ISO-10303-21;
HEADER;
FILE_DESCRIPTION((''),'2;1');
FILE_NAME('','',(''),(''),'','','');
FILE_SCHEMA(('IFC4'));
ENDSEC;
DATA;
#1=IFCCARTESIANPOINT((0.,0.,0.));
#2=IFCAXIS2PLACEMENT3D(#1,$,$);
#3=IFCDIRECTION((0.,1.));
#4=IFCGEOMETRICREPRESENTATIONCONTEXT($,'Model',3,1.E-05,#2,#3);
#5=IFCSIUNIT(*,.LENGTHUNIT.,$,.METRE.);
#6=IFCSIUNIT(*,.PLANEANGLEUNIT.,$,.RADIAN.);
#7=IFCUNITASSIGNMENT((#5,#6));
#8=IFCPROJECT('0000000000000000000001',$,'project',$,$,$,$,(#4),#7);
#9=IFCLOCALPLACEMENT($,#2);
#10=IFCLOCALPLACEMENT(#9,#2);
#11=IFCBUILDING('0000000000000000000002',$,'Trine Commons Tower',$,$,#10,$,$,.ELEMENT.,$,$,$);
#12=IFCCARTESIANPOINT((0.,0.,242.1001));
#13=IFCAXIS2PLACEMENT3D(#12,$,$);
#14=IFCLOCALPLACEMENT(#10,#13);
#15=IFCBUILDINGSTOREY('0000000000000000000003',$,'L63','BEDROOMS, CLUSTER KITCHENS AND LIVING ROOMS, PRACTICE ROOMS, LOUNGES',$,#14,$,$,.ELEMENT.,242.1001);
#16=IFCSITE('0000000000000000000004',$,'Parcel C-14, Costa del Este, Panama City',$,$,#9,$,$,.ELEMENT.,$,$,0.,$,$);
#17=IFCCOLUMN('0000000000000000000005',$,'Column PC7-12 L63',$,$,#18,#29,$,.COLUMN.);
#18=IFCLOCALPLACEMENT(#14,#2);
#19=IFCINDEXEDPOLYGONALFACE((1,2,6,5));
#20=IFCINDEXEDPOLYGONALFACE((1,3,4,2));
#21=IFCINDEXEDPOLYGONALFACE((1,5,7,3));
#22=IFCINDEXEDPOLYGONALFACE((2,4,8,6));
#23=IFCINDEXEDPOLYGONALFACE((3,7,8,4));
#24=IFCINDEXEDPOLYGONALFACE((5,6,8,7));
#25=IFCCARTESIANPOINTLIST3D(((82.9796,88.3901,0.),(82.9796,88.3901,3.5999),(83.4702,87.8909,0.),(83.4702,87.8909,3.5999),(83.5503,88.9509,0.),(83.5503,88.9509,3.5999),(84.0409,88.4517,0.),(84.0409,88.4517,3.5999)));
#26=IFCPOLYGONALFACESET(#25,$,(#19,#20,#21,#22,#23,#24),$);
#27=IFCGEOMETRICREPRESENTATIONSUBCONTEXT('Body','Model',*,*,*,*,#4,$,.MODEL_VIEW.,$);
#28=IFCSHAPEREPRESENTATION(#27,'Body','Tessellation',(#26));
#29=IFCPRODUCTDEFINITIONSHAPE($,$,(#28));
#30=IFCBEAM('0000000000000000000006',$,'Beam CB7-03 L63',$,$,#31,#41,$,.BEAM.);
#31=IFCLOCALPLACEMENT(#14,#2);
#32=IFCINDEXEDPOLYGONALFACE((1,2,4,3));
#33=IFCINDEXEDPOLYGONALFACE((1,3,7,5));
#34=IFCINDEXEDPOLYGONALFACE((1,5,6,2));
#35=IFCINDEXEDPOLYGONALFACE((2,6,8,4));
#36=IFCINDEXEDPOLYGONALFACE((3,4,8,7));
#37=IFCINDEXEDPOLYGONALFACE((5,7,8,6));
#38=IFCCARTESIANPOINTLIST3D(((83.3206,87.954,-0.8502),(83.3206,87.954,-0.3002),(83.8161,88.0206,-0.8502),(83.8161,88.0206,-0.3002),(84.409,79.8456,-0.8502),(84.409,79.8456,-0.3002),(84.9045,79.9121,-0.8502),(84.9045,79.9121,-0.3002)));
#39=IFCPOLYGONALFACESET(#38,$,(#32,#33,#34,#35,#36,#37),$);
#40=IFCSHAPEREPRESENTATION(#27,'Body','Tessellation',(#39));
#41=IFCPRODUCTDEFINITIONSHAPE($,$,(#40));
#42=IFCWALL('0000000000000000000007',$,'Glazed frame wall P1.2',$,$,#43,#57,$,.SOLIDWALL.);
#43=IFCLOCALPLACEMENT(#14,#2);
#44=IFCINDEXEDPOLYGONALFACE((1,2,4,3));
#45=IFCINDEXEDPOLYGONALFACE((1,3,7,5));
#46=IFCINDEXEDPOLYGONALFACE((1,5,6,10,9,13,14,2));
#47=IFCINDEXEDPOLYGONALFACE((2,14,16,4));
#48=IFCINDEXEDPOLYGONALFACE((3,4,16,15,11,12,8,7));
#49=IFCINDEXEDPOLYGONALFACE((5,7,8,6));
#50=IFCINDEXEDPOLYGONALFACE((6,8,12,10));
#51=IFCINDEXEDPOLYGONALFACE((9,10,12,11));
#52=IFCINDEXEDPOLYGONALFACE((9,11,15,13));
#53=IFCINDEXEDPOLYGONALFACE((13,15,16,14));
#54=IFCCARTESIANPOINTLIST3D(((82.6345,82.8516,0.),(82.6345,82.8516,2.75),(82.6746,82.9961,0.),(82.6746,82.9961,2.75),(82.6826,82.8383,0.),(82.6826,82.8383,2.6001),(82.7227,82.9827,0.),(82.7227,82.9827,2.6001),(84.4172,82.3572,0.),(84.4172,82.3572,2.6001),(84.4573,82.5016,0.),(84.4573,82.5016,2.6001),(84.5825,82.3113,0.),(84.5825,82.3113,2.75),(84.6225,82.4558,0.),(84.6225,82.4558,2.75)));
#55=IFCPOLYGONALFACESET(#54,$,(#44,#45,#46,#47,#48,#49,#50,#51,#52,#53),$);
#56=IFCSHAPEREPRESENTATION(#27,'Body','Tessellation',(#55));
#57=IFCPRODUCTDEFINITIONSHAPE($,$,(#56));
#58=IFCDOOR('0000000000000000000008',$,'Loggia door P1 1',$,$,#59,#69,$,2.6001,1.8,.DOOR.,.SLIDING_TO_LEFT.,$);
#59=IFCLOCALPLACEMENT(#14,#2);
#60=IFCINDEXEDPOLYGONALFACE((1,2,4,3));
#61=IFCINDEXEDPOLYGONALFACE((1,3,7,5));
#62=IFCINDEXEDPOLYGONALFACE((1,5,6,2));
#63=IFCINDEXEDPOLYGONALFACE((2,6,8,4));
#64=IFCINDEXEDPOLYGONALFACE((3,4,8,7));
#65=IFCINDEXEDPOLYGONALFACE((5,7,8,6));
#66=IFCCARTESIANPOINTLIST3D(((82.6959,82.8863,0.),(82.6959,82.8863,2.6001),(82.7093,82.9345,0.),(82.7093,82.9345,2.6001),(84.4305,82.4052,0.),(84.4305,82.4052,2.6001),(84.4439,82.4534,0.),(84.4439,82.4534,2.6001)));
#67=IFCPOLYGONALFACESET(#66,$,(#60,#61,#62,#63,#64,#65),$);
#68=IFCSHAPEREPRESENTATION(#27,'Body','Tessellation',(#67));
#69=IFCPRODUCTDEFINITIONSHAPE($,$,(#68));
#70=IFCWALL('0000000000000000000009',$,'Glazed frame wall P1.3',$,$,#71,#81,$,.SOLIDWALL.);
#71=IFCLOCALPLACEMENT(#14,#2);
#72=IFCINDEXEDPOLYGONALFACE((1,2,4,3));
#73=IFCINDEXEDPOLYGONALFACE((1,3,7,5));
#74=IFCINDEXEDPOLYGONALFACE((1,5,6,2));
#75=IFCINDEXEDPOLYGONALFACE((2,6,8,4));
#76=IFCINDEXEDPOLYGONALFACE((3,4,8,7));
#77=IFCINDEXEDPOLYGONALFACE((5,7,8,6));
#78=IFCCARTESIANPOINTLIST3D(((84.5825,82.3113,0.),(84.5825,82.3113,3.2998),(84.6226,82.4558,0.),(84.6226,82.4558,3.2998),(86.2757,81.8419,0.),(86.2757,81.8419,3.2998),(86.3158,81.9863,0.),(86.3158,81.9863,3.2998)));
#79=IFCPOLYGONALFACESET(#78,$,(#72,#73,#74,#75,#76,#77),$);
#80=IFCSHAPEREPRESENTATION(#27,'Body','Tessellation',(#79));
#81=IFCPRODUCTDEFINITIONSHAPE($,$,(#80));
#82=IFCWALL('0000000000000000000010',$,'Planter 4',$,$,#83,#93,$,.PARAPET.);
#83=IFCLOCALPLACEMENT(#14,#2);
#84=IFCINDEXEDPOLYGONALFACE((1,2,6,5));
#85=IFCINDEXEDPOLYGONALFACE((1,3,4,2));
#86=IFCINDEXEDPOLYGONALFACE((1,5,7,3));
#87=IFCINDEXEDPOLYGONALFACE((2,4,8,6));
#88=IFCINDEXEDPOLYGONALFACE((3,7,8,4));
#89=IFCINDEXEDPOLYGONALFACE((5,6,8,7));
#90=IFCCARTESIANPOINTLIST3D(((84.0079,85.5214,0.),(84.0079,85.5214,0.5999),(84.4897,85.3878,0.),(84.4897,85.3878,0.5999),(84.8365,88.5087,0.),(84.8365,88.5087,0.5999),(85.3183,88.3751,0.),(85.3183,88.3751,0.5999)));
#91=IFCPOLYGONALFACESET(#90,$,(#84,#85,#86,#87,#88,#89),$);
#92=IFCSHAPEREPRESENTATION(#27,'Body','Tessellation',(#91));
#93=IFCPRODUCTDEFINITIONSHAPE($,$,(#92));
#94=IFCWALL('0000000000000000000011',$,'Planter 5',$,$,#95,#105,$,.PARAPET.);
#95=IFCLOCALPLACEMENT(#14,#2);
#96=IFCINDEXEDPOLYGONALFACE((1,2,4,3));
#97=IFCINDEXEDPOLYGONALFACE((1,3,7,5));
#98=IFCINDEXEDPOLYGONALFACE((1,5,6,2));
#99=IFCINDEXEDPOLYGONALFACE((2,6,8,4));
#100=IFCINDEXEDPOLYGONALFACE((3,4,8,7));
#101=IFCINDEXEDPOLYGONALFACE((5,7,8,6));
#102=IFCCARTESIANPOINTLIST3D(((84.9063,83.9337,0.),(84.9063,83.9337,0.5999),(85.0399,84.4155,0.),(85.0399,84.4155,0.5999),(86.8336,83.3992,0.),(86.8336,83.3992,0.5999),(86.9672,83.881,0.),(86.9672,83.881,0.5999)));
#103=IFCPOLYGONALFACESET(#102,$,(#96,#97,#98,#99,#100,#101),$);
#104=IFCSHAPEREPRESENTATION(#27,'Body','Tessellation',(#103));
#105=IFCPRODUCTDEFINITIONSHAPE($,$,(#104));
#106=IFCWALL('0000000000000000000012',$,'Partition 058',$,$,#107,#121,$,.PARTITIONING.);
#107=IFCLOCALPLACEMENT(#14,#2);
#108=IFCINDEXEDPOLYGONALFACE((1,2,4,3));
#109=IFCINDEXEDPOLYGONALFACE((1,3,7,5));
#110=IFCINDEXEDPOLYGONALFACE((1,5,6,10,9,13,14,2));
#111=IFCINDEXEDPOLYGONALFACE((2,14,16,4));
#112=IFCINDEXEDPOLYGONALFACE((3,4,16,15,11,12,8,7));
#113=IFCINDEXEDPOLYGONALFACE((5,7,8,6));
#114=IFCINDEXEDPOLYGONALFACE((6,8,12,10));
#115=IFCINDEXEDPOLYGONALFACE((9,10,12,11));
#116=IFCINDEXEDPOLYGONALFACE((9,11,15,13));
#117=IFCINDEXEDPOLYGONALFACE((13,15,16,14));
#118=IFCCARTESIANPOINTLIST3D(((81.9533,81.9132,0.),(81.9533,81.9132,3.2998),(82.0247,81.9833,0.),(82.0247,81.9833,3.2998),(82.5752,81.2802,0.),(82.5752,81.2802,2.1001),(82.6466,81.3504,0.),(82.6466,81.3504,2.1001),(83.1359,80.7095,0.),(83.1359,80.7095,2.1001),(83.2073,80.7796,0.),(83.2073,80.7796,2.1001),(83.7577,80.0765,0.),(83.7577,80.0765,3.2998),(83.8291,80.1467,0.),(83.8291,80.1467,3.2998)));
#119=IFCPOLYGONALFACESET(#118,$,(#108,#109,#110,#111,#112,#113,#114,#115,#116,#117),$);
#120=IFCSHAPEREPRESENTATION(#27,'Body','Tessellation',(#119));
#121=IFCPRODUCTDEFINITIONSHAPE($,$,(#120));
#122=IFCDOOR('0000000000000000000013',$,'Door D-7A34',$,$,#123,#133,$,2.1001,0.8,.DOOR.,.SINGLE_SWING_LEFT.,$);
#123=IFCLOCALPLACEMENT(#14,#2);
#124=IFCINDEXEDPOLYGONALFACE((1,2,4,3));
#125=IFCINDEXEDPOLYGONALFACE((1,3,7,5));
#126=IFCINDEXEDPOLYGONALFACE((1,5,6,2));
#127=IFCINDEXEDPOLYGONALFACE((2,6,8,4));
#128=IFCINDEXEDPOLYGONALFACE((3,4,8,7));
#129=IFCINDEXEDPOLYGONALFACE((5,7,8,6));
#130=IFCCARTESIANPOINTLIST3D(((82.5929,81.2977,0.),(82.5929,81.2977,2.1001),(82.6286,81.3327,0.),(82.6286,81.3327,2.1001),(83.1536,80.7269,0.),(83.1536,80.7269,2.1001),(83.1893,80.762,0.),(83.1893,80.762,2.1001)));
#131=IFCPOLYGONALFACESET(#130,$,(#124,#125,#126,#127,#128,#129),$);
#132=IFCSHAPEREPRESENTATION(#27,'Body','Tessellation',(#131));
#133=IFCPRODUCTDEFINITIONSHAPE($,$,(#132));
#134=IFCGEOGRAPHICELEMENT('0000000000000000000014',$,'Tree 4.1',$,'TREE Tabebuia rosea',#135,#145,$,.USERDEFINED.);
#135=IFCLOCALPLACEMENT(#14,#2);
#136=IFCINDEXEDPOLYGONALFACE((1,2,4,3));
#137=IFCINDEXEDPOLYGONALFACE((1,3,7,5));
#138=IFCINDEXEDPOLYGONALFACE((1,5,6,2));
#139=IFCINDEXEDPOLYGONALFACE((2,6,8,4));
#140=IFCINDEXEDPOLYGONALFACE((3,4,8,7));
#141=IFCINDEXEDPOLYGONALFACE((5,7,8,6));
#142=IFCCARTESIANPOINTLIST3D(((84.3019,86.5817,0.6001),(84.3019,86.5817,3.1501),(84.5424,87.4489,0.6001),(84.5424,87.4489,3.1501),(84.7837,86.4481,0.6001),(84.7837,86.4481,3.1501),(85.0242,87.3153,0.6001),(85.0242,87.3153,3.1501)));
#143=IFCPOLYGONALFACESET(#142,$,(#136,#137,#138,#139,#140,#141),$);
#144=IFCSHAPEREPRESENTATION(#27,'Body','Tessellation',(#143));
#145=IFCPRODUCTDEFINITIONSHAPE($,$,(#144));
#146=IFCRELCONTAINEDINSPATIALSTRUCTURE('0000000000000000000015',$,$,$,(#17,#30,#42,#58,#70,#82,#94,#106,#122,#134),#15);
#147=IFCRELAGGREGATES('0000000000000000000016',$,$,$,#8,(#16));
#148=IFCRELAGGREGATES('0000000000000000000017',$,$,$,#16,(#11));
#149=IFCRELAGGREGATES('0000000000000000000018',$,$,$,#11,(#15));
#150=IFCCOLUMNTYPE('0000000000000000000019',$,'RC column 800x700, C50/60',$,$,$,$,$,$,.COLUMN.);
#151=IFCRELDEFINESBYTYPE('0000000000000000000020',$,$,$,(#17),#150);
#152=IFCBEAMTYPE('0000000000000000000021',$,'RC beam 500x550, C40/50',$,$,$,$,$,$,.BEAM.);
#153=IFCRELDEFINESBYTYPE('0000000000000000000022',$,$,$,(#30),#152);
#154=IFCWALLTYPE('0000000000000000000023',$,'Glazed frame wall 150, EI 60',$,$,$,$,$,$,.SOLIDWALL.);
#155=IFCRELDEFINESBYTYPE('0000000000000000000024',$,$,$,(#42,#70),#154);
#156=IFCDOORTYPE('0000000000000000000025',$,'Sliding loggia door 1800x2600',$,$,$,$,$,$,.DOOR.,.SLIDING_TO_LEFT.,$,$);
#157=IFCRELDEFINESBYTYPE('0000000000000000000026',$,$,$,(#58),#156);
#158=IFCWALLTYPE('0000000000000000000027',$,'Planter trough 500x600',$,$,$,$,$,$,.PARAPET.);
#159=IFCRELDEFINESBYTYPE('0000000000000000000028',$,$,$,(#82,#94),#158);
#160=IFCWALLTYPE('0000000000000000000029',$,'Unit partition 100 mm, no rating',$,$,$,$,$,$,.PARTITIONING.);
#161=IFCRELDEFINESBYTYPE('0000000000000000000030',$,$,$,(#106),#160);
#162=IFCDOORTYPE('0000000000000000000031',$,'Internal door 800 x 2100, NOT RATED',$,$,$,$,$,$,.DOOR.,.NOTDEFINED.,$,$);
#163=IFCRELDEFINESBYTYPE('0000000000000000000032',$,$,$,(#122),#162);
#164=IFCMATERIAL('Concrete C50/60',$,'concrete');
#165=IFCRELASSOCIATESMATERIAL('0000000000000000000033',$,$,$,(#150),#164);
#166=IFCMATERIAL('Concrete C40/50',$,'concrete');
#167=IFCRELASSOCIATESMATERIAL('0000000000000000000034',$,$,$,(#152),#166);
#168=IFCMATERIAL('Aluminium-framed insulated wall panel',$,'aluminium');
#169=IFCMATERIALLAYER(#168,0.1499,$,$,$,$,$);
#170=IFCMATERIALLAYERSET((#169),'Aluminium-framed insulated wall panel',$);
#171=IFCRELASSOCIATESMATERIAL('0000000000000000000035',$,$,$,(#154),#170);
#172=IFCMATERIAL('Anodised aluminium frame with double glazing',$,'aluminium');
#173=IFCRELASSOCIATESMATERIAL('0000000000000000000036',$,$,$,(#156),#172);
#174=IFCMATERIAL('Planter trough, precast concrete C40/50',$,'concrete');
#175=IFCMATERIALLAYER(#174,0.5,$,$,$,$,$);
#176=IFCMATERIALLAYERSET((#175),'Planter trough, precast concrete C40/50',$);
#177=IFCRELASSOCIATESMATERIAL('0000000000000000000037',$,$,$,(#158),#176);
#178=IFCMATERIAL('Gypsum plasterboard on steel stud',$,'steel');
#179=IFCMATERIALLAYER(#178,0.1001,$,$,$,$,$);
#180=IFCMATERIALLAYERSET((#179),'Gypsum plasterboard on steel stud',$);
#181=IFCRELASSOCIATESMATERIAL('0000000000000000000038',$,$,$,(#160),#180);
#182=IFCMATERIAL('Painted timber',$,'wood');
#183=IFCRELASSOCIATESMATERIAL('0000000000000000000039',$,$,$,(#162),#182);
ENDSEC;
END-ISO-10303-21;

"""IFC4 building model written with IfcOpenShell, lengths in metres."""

from ifc_helpers import new_model, si_unit, direction, frame, frame_2d, origin, origin_2d, place, context, subcontext, project, spatial, polyline, rectangle, outline, extrude, material, layer, layer_set, material_profile, profile_set, type_object, element, fill, save


model = new_model("IFC4")

# Units and contexts
model_context = context("Model", 3, precision=1e-05, world=origin(), true_north=direction((0.0, 1.0)))
body_context = subcontext(model_context, "Body", "Model", "MODEL_VIEW")
ifc_project = project(units=[si_unit("LENGTHUNIT", "METRE"), si_unit("PLANEANGLEUNIT", "RADIAN")], contexts=[model_context])

# Site, building, storey
site_placement = place(None, origin())
site = spatial("IfcSite", under=ifc_project, at=site_placement, Name="Parcel C-14, Costa del Este, Panama City", CompositionType="ELEMENT", RefElevation=0.0)
building_placement = place(site_placement, origin())
building = spatial("IfcBuilding", under=site, at=building_placement, Name="Trine Commons Tower", CompositionType="ELEMENT")
storey_placement = place(building_placement, frame((0.0, 0.0, 242.1001)))
storey = spatial("IfcBuildingStorey", under=building, at=storey_placement, Name="L63", Description="BEDROOMS, CLUSTER KITCHENS AND LIVING ROOMS, PRACTICE ROOMS, LOUNGES", CompositionType="ELEMENT", Elevation=242.1001)

# Column
ifc_material_1 = material(Name="Concrete C50/60", Category="concrete")
ifc_material_profile_1 = material_profile(ifc_material_1, rectangle(XDim=0.8, YDim=0.7, at=origin_2d()), Name="RC 800x700")
ifc_profile_set_1 = profile_set([ifc_material_profile_1], Name="Concrete C50/60")
column_type = type_object("IfcColumnType", Name="RC column 800x700, C50/60", PredefinedType="COLUMN", material=ifc_profile_set_1)
column_placement = place(storey_placement, frame((83.5103, 88.4209, 0.0), z_axis=(0.0, 0.0, 1.0), x_axis=(0.71325, 0.700909, 0.0)))
element("IfcColumn", 1, at=column_placement, inside=storey, type_object=column_type, Name="Column PC7-12 L63", PredefinedType="COLUMN", context=body_context, shape_type="SweptSolid", body=[
    extrude(rectangle(XDim=0.8, YDim=0.7, at=origin_2d()), origin(), (0.0, 0.0, 1.0), 3.5999),
])

# Beam
ifc_material_2 = material(Name="Concrete C40/50", Category="concrete")
ifc_material_profile_2 = material_profile(ifc_material_2, rectangle(XDim=0.5, YDim=0.55, at=origin_2d()), Name="RC 500x550")
ifc_profile_set_2 = profile_set([ifc_material_profile_2], Name="Concrete C40/50")
beam_type = type_object("IfcBeamType", Name="RC beam 500x550, C40/50", PredefinedType="BEAM", material=ifc_profile_set_2)
beam_placement = place(storey_placement, frame((83.5684, 87.9873, -0.5752), z_axis=(0.133035, -0.991111, 0.0), x_axis=(0.991111, 0.133035, 0.0)))
element("IfcBeam", 2, at=beam_placement, inside=storey, type_object=beam_type, Name="Beam CB7-03 L63", PredefinedType="BEAM", context=body_context, shape_type="SweptSolid", body=[
    extrude(rectangle(XDim=0.5, YDim=0.55, at=origin_2d()), origin(), (0.0, 0.0, 1.0), 8.1812),
])

# Shared definitions
ifc_material_3 = material(Name="Aluminium-framed insulated wall panel", Category="aluminium")
ifc_layer_1 = layer(ifc_material_3, 0.1499)
ifc_layer_set_1 = layer_set([ifc_layer_1], Name="Aluminium-framed insulated wall panel")
wall_type_1 = type_object("IfcWallType", Name="Glazed frame wall 150, EI 60", PredefinedType="SOLIDWALL", material=ifc_layer_set_1)

# Wall, opening, door
wall_1_placement = place(storey_placement, frame((82.6545, 82.9238, 0.0), z_axis=(0.0, 0.0, 1.0), x_axis=(0.963623, -0.267264, 0.0)))
wall_1 = element("IfcWall", 3, at=wall_1_placement, inside=storey, type_object=wall_type_1, Name="Glazed frame wall P1.2", PredefinedType="SOLIDWALL", context=body_context, shape_type="SweptSolid", body=[
    extrude(outline(polyline([(0.0, -0.075), (2.0215, -0.075), (2.0215, 0.075), (0.0, 0.075), (0.0, -0.075)])), origin(), (0.0, 0.0, 1.0), 2.75),
])
opening_1_placement = place(wall_1_placement, frame((0.05, 0.0, 0.0)))
opening_1 = element("IfcOpeningElement", 4, at=opening_1_placement, cuts=wall_1, PredefinedType="OPENING", context=body_context, shape_type="SweptSolid", body=[
    extrude(rectangle(XDim=1.8, YDim=2.6001, at=frame_2d((0.8999, 1.3))), frame((0.0, 0.085, 0.0), z_axis=(0.0, -1.0, 0.0), x_axis=(1.0, 0.0, 0.0)), (0.0, 0.0, 1.0), 0.1699),
])
ifc_material_4 = material(Name="Anodised aluminium frame with double glazing", Category="aluminium")
door_type_1 = type_object("IfcDoorType", Name="Sliding loggia door 1800x2600", OperationType="SLIDING_TO_LEFT", PredefinedType="DOOR", material=ifc_material_4)
door_1_placement = place(opening_1_placement, origin())
door_1 = element("IfcDoor", 5, at=door_1_placement, inside=storey, type_object=door_type_1, Name="Loggia door P1 1", OperationType="SLIDING_TO_LEFT", OverallHeight=2.6001, OverallWidth=1.8, PredefinedType="DOOR", context=body_context, shape_type="SweptSolid", body=[
    extrude(rectangle(XDim=1.8, YDim=2.6001, at=frame_2d((0.8999, 1.3))), frame((0.0, 0.0249, 0.0), z_axis=(0.0, -1.0, 0.0), x_axis=(1.0, 0.0, 0.0)), (0.0, 0.0, 1.0), 0.05),
])
fill(opening_1, door_1)

# Walls
wall_2_placement = place(storey_placement, frame((84.6025, 82.3835, 0.0), z_axis=(0.0, 0.0, 1.0), x_axis=(0.963649, -0.267171, 0.0)))
element("IfcWall", 6, at=wall_2_placement, inside=storey, type_object=wall_type_1, Name="Glazed frame wall P1.3", PredefinedType="SOLIDWALL", context=body_context, shape_type="SweptSolid", body=[
    extrude(outline(polyline([(0.0, -0.075), (1.7571, -0.075), (1.7571, 0.075), (0.0, 0.075), (0.0, -0.075)])), origin(), (0.0, 0.0, 1.0), 3.2998),
])
ifc_material_5 = material(Name="Planter trough, precast concrete C40/50", Category="concrete")
ifc_layer_2 = layer(ifc_material_5, 0.5)
ifc_layer_set_2 = layer_set([ifc_layer_2], Name="Planter trough, precast concrete C40/50")
wall_type_2 = type_object("IfcWallType", Name="Planter trough 500x600", PredefinedType="PARAPET", material=ifc_layer_set_2)
wall_3_placement = place(storey_placement, frame((85.0774, 88.4419, 0.0), z_axis=(0.0, 0.0, 1.0), x_axis=(-0.267286, -0.963617, 0.0)))
element("IfcWall", 7, at=wall_3_placement, inside=storey, type_object=wall_type_2, Name="Planter 4", PredefinedType="PARAPET", context=body_context, shape_type="SweptSolid", body=[
    extrude(rectangle(XDim=3.1001, YDim=0.5, at=frame_2d((1.55, 0.0))), origin(), (0.0, 0.0, 1.0), 0.5999),
])
wall_4_placement = place(storey_placement, frame((84.9731, 84.1746, 0.0), z_axis=(0.0, 0.0, 1.0), x_axis=(0.963637, -0.267216, 0.0)))
element("IfcWall", 8, at=wall_4_placement, inside=storey, type_object=wall_type_2, Name="Planter 5", PredefinedType="PARAPET", context=body_context, shape_type="SweptSolid", body=[
    extrude(rectangle(XDim=2.0, YDim=0.5, at=frame_2d((1.0, 0.0))), origin(), (0.0, 0.0, 1.0), 0.5999),
])

# Wall, opening, door
ifc_material_6 = material(Name="Gypsum plasterboard on steel stud", Category="steel")
ifc_layer_3 = layer(ifc_material_6, 0.1001)
ifc_layer_set_3 = layer_set([ifc_layer_3], Name="Gypsum plasterboard on steel stud")
wall_type_3 = type_object("IfcWallType", Name="Unit partition 100 mm, no rating", PredefinedType="PARTITIONING", material=ifc_layer_set_3)
wall_5_placement = place(storey_placement, frame((81.989, 81.9482, 0.0), z_axis=(0.0, 0.0, 1.0), x_axis=(0.700821, -0.713337, 0.0)))
wall_5 = element("IfcWall", 9, at=wall_5_placement, inside=storey, type_object=wall_type_3, Name="Partition 058", PredefinedType="PARTITIONING", context=body_context, shape_type="SweptSolid", body=[
    extrude(rectangle(XDim=2.5747, YDim=0.1001, at=frame_2d((1.2874, 0.0))), origin(), (0.0, 0.0, 1.0), 3.2998),
])
opening_2_placement = place(wall_5_placement, frame((0.8875, 0.0, 0.0)))
opening_2 = element("IfcOpeningElement", 10, at=opening_2_placement, cuts=wall_5, PredefinedType="OPENING", context=body_context, shape_type="SweptSolid", body=[
    extrude(rectangle(XDim=0.8, YDim=2.1001, at=frame_2d((0.3999, 1.05))), frame((0.0, 0.0601, 0.0), z_axis=(0.0, -1.0, 0.0), x_axis=(1.0, 0.0, 0.0)), (0.0, 0.0, 1.0), 0.1201),
])
ifc_material_7 = material(Name="Painted timber", Category="wood")
door_type_2 = type_object("IfcDoorType", Name="Internal door 800 x 2100, NOT RATED", OperationType="NOTDEFINED", PredefinedType="DOOR", material=ifc_material_7)
door_2_placement = place(opening_2_placement, origin())
door_2 = element("IfcDoor", 11, at=door_2_placement, inside=storey, type_object=door_type_2, Name="Door D-7A34", OperationType="SINGLE_SWING_LEFT", OverallHeight=2.1001, OverallWidth=0.8, PredefinedType="DOOR", context=body_context, shape_type="SweptSolid", body=[
    extrude(rectangle(XDim=0.8, YDim=2.1001, at=frame_2d((0.3999, 1.05))), frame((0.0, 0.0249, 0.0), z_axis=(0.0, -1.0, 0.0), x_axis=(1.0, 0.0, 0.0)), (0.0, 0.0, 1.0), 0.05),
])
fill(opening_2, door_2)

# Geographic element
geographic_element_placement = place(storey_placement, frame((84.6631, 86.9485, 0.6001), z_axis=(0.0, 0.0, 1.0), x_axis=(-0.26724, -0.96363, 0.0)))
element("IfcGeographicElement", 12, at=geographic_element_placement, inside=storey, Name="Tree 4.1", ObjectType="TREE Tabebuia rosea", PredefinedType="USERDEFINED", context=body_context, shape_type="SweptSolid", body=[
    extrude(rectangle(XDim=0.8999, YDim=0.5, at=origin_2d()), origin(), (0.0, 0.0, 1.0), 2.55),
])

save(model, "model.ifc")
